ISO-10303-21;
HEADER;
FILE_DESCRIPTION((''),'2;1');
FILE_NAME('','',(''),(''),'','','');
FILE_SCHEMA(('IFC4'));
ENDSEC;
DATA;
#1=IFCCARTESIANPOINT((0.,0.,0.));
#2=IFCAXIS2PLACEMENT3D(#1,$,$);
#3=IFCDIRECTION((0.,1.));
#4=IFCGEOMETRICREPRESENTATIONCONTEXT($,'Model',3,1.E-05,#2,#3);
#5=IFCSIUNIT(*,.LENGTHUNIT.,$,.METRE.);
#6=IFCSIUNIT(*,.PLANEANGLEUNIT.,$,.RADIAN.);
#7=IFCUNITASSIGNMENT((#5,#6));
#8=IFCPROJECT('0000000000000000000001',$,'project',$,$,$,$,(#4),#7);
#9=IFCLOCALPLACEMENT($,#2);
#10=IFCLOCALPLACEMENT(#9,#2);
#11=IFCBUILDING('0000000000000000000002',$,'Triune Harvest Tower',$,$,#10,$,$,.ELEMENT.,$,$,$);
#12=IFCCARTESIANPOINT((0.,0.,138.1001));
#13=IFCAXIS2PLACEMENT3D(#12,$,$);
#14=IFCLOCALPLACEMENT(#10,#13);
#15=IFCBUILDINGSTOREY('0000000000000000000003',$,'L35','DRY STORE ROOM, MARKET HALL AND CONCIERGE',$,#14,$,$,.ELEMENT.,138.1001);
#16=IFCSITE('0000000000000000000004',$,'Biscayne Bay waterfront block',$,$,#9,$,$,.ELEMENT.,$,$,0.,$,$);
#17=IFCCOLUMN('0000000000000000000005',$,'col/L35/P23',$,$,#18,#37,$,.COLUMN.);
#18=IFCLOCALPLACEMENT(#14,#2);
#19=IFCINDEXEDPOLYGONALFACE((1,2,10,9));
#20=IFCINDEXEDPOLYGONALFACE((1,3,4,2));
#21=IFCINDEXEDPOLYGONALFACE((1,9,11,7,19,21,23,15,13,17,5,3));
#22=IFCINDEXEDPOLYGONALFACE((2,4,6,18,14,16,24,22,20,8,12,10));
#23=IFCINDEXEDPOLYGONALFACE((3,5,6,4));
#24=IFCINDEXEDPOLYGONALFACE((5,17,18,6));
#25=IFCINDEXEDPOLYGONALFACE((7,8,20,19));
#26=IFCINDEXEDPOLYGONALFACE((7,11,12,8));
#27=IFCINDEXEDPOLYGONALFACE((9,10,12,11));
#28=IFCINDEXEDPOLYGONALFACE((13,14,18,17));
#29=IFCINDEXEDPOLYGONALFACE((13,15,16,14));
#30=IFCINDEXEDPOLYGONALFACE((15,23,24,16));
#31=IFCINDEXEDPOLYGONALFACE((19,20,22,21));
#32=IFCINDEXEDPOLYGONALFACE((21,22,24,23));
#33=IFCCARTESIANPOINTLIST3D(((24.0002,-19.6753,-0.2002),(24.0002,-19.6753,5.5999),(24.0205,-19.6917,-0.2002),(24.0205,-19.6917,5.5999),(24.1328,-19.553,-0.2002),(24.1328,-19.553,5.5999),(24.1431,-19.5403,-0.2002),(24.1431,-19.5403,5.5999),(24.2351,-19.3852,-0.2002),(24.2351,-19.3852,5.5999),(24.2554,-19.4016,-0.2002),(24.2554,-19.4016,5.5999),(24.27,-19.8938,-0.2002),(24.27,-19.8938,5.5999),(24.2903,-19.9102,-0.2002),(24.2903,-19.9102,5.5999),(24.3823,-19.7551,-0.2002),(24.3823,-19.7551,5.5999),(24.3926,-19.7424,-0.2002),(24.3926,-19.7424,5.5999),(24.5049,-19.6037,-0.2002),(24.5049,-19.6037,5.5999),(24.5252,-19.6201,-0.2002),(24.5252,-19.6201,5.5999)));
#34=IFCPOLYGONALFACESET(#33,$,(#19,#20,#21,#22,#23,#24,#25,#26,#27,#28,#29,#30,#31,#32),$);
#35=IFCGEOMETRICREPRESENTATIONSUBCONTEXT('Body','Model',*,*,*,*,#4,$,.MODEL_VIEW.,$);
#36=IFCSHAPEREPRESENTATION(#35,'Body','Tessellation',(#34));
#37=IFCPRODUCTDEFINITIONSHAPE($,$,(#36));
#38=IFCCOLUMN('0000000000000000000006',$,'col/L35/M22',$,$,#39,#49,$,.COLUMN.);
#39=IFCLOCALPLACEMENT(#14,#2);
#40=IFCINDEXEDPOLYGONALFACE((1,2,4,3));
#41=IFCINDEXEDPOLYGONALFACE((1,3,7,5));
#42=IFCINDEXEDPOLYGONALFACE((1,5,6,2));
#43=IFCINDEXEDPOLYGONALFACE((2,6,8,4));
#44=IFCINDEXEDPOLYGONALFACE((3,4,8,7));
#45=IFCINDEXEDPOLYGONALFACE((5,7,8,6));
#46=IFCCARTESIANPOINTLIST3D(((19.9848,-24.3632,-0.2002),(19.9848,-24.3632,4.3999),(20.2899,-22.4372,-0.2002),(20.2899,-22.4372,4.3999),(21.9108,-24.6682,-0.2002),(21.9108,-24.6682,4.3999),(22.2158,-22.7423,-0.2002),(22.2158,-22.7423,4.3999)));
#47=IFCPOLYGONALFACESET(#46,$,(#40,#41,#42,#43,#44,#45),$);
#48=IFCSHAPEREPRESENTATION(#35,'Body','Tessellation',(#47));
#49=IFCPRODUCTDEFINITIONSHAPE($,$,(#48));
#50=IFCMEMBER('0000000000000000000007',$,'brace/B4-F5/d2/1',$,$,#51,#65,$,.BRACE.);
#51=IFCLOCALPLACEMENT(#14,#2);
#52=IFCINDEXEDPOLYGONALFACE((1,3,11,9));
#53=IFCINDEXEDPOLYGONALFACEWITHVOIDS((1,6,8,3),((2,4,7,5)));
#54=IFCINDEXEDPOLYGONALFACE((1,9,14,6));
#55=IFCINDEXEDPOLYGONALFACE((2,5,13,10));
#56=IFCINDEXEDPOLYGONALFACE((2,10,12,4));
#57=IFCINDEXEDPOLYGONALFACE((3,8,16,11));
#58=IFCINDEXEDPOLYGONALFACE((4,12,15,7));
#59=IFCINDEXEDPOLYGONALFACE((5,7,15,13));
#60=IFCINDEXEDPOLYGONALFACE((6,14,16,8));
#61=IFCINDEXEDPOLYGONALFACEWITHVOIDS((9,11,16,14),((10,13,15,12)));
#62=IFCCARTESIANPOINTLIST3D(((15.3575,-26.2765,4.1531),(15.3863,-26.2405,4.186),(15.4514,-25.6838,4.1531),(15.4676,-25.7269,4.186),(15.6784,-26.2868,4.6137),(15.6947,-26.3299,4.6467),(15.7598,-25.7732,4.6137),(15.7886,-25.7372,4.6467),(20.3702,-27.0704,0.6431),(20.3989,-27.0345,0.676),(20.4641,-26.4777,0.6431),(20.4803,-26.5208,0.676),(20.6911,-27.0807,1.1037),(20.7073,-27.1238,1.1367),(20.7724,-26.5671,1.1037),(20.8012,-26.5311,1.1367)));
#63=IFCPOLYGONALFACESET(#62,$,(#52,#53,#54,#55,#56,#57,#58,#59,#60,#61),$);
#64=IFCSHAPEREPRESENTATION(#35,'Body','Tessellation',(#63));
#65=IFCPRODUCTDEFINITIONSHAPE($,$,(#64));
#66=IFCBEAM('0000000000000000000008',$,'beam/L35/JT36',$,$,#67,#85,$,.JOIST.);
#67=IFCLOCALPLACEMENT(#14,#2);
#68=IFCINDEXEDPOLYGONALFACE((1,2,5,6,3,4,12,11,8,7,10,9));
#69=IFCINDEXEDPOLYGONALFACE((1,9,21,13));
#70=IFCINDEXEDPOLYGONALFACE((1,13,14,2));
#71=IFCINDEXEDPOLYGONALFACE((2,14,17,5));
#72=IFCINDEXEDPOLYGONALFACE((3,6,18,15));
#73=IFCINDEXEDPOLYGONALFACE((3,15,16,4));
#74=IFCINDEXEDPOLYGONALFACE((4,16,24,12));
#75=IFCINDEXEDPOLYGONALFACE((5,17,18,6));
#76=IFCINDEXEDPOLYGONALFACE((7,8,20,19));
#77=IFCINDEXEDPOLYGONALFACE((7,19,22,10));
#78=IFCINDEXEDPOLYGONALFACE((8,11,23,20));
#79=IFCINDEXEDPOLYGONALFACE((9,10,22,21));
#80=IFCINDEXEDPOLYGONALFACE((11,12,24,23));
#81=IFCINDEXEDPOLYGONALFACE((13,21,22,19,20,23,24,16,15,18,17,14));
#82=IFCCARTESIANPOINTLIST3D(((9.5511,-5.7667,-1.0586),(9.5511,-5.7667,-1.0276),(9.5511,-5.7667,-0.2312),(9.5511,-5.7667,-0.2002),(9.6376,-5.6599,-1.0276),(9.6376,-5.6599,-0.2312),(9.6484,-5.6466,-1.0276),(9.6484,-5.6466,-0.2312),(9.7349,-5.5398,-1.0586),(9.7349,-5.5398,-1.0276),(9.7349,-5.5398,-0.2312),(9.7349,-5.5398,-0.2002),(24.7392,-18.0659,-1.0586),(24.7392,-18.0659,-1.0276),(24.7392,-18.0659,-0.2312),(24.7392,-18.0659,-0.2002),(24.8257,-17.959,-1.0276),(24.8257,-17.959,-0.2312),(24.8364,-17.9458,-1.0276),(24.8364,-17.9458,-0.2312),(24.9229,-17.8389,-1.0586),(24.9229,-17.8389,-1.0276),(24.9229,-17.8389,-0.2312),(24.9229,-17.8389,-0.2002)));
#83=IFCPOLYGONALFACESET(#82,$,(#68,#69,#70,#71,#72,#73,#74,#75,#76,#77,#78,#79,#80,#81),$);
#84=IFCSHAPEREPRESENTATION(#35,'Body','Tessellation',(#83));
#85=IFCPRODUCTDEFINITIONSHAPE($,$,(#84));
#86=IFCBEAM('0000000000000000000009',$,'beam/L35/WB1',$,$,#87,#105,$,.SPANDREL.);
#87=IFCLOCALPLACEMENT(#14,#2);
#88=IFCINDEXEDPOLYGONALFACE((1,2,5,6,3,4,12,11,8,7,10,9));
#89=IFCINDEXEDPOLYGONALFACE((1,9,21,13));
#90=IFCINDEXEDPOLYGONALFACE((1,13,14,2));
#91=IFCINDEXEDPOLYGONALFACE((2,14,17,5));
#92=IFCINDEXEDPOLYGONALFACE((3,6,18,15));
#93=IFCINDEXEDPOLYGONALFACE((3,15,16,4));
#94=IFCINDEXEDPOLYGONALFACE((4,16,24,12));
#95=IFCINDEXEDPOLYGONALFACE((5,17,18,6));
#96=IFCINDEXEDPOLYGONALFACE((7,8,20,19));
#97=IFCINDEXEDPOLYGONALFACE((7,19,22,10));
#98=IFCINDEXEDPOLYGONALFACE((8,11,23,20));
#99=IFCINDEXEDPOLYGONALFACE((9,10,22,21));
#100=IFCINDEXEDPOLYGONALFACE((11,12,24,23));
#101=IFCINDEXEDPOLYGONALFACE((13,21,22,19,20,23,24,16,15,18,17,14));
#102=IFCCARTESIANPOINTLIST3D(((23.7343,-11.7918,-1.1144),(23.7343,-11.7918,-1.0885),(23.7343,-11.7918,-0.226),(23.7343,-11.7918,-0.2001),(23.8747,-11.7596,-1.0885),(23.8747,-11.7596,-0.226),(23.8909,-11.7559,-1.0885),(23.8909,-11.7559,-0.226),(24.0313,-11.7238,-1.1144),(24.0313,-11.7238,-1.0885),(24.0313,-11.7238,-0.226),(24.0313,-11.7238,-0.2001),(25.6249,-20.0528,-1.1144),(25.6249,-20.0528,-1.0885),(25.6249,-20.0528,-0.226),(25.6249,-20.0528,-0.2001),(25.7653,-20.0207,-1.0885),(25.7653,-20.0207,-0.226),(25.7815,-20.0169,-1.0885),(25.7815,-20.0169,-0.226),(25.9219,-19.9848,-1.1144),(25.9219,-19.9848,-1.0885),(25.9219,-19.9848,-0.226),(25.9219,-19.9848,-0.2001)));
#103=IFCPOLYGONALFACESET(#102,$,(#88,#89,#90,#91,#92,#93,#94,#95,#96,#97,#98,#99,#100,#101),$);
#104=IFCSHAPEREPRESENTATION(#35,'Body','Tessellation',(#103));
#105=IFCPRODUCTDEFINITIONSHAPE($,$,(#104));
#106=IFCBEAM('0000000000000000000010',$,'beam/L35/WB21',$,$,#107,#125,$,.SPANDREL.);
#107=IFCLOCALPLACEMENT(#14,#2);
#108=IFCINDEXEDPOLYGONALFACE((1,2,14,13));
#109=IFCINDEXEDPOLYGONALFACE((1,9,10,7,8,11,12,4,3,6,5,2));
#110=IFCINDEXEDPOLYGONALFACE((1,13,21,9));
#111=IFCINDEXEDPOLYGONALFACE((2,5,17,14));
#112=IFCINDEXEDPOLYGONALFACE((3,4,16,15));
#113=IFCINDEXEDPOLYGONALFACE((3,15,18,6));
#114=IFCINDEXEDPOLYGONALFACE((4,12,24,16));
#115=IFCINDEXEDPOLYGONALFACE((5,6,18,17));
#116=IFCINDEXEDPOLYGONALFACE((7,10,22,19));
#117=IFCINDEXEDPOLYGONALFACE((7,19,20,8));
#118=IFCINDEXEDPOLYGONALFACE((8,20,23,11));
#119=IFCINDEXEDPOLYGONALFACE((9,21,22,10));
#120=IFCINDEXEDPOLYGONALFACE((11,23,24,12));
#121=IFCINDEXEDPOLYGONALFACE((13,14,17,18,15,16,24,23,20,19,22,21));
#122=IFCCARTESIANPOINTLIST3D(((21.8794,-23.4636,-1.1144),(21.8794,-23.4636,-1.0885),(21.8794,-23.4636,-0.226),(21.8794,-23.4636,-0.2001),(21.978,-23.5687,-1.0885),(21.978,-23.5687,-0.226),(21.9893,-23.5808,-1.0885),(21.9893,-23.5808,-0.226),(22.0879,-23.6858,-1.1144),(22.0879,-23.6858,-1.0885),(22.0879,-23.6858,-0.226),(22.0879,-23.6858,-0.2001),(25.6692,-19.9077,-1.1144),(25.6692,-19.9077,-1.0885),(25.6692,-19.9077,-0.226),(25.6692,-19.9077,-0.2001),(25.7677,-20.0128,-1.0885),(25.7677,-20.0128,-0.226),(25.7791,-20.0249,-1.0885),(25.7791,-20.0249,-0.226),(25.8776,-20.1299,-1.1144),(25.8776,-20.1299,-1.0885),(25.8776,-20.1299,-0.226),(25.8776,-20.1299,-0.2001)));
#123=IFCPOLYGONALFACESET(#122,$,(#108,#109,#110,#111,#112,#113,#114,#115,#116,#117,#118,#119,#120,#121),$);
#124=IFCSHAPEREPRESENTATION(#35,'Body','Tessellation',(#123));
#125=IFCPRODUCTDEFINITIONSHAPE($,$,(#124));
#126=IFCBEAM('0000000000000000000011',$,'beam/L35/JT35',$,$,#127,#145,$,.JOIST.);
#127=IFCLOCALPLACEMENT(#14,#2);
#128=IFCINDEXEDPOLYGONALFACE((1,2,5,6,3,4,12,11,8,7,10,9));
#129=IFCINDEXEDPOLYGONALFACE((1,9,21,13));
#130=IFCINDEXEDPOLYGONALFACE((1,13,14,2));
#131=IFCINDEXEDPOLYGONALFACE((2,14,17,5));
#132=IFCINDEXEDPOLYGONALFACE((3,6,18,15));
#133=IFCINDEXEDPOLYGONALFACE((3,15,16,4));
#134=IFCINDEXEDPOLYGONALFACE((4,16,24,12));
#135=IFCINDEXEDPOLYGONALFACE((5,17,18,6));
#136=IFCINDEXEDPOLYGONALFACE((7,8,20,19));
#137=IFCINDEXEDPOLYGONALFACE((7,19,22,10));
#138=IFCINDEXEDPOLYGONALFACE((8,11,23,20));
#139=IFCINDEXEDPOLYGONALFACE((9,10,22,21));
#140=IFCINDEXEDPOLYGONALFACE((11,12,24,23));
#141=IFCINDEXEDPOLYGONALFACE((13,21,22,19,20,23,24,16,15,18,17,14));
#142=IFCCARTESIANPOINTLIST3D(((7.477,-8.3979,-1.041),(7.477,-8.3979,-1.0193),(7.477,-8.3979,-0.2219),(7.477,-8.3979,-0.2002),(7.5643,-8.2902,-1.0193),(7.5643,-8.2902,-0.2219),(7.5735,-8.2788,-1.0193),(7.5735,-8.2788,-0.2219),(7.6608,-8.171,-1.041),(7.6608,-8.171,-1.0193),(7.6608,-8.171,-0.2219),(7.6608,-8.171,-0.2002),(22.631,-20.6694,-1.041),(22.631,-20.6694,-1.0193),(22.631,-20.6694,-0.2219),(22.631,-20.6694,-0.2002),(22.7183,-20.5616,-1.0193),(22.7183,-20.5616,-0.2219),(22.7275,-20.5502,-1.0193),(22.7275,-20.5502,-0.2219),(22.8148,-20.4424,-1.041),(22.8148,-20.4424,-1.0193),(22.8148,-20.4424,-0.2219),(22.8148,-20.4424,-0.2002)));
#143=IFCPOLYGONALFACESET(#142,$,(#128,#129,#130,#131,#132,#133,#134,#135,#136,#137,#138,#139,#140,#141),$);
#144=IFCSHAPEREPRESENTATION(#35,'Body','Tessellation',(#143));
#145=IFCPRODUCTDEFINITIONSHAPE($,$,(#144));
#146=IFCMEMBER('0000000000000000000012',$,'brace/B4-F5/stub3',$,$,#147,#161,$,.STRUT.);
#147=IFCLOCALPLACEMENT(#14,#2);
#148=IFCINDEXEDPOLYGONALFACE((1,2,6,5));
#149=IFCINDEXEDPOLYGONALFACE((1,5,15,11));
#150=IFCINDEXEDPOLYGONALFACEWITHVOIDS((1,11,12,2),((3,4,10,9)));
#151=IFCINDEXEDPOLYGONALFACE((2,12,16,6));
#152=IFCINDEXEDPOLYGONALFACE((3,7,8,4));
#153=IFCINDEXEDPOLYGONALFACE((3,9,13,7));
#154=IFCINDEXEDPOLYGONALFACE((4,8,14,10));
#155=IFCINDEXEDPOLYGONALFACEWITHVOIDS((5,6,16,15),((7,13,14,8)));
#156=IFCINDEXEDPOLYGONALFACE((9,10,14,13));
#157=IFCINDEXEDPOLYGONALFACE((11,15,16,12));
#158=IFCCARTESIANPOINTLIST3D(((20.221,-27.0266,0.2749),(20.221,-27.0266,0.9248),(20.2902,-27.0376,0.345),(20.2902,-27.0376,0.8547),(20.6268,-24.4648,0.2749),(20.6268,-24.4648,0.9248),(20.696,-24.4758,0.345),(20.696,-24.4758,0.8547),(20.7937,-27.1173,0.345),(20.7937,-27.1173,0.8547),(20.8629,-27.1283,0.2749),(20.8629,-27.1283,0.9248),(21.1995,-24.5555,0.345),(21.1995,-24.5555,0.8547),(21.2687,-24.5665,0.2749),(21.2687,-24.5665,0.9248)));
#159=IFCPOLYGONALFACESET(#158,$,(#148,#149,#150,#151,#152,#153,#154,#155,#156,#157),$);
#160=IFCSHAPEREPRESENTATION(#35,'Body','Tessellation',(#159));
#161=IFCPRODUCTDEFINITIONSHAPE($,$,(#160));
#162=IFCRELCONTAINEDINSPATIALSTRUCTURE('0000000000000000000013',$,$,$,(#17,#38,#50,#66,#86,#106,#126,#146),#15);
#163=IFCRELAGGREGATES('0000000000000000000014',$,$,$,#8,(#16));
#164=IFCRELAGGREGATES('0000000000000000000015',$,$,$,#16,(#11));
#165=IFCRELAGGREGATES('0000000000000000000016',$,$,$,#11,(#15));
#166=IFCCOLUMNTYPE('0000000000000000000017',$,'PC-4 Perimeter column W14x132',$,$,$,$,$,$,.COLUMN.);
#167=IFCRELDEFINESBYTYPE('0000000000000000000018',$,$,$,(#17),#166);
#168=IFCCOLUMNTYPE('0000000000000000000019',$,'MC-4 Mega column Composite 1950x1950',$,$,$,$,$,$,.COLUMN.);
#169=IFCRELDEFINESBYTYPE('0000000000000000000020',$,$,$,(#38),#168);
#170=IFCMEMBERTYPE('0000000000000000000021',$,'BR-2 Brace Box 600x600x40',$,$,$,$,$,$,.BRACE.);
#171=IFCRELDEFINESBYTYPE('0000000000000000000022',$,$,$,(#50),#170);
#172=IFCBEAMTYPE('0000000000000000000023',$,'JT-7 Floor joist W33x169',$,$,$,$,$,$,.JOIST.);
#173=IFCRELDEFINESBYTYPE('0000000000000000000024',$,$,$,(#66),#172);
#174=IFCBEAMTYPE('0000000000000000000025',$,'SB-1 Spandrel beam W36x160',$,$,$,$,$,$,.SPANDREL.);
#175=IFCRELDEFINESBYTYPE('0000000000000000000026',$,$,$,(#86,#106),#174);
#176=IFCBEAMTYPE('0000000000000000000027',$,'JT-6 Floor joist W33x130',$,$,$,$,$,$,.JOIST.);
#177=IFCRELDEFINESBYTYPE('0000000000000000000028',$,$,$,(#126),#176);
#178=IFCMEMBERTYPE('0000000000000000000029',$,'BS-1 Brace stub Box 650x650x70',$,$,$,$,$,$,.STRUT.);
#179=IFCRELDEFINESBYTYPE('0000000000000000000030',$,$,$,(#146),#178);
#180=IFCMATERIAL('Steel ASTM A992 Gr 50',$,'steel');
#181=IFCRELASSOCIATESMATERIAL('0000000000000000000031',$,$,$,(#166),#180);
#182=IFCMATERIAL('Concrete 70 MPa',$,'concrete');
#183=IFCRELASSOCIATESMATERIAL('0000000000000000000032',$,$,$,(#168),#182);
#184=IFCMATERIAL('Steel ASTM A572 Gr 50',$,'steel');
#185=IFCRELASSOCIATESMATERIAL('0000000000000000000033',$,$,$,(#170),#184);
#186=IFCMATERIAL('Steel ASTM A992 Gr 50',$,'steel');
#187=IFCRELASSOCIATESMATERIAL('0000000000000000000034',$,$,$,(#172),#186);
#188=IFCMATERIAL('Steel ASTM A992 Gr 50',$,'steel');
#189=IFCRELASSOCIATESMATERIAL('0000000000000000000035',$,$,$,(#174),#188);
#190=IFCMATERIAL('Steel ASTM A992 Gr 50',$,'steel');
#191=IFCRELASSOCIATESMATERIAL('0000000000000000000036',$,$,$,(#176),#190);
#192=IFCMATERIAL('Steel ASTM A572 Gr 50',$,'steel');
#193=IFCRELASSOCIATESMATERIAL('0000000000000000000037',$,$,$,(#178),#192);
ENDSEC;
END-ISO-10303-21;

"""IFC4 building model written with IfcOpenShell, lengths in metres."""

from ifc_helpers import new_model, si_unit, direction, frame, origin, origin_2d, place, context, subcontext, project, spatial, rectangle, hollow_rectangle, i_section, extrude, source, transform, mapped, material, material_profile, profile_set, type_object, element, save


model = new_model("IFC4")

# Units and contexts
model_context = context("Model", 3, precision=1e-05, world=origin(), true_north=direction((0.0, 1.0)))
body_context = subcontext(model_context, "Body", "Model", "MODEL_VIEW")
ifc_project = project(units=[si_unit("LENGTHUNIT", "METRE"), si_unit("PLANEANGLEUNIT", "RADIAN")], contexts=[model_context])

# Site, building, storey
site_placement = place(None, origin())
site = spatial("IfcSite", under=ifc_project, at=site_placement, Name="Biscayne Bay waterfront block", CompositionType="ELEMENT", RefElevation=0.0)
building_placement = place(site_placement, origin())
building = spatial("IfcBuilding", under=site, at=building_placement, Name="Triune Harvest Tower", CompositionType="ELEMENT")
storey_placement = place(building_placement, frame((0.0, 0.0, 138.1001)))
storey = spatial("IfcBuildingStorey", under=building, at=storey_placement, Name="L35", Description="DRY STORE ROOM, MARKET HALL AND CONCIERGE", CompositionType="ELEMENT", Elevation=138.1001)

# Columns
ifc_material_1 = material(Name="Steel ASTM A992 Gr 50", Category="steel")
ifc_material_profile_1 = material_profile(ifc_material_1, i_section(OverallWidth=0.3733, OverallDepth=0.3733, WebThickness=0.0164, FlangeThickness=0.0261, at=origin_2d()), Name="W14x132")
ifc_profile_set_1 = profile_set([ifc_material_profile_1], Name="Steel ASTM A992 Gr 50")
column_type_1 = type_object("IfcColumnType", Name="PC-4 Perimeter column W14x132", PredefinedType="COLUMN", material=ifc_profile_set_1)
column_1_placement = place(storey_placement, frame((24.2627, -19.6477, -0.2002), z_axis=(0.0, 0.0, 1.0), x_axis=(0.629322, 0.777145, 0.0)))
element("IfcColumn", 1, at=column_1_placement, inside=storey, type_object=column_type_1, Name="col/L35/P23", PredefinedType="COLUMN", context=body_context, shape_type="SweptSolid", body=[
    extrude(i_section(OverallWidth=0.3733, OverallDepth=0.3733, WebThickness=0.0164, FlangeThickness=0.0261, at=origin_2d()), origin(), (0.0, 0.0, 1.0), 5.8),
])
ifc_material_2 = material(Name="Concrete 70 MPa", Category="concrete")
ifc_material_profile_2 = material_profile(ifc_material_2, rectangle(XDim=1.95, YDim=1.95, at=origin_2d()), Name="Composite 1950x1950")
ifc_profile_set_2 = profile_set([ifc_material_profile_2], Name="Concrete 70 MPa")
column_type_2 = type_object("IfcColumnType", Name="MC-4 Mega column Composite 1950x1950", PredefinedType="COLUMN", material=ifc_profile_set_2)
shared_shape_1 = source(origin(), body_context, "Body", "SweptSolid", [
    extrude(rectangle(XDim=1.95, YDim=1.95, at=origin_2d()), origin(), (0.0, 0.0, 1.0), 4.6001),
])
column_2_placement = place(storey_placement, frame((21.1003, -23.5527, -0.2002), z_axis=(0.0, 0.0, 1.0), x_axis=(0.987688, -0.156434, 0.0)))
element("IfcColumn", 2, at=column_2_placement, inside=storey, type_object=column_type_2, Name="col/L35/M22", PredefinedType="COLUMN", context=body_context, shape_type="MappedRepresentation", body=[
    mapped(shared_shape_1, transform((0.0, 0.0, 0.0), scale=1.0)),
])

# Member
ifc_material_3 = material(Name="Steel ASTM A572 Gr 50", Category="steel")
ifc_material_profile_3 = material_profile(ifc_material_3, hollow_rectangle(XDim=0.6001, YDim=0.6001, WallThickness=0.04, at=origin_2d()), Name="Box 600x600x40")
ifc_profile_set_3 = profile_set([ifc_material_profile_3], Name="Steel ASTM A572 Gr 50")
member_type_1 = type_object("IfcMemberType", Name="BR-2 Brace Box 600x600x40", PredefinedType="BRACE", material=ifc_profile_set_3)
member_1_placement = place(storey_placement, frame((20.5857, -26.8008, 0.8899), z_axis=(-0.812337, 0.128664, 0.568818), x_axis=(-0.156437, -0.987688, 0.0)))
element("IfcMember", 3, at=member_1_placement, inside=storey, type_object=member_type_1, Name="brace/B4-F5/d2/1", PredefinedType="BRACE", context=body_context, shape_type="SweptSolid", body=[
    extrude(hollow_rectangle(XDim=0.6001, YDim=0.6001, WallThickness=0.04, at=origin_2d()), origin(), (0.0, 0.0, 1.0), 6.1707),
])

# Beams
ifc_material_4 = material(Name="Steel ASTM A992 Gr 50", Category="steel")
ifc_material_profile_4 = material_profile(ifc_material_4, i_section(OverallWidth=0.292, OverallDepth=0.8584, WebThickness=0.0171, FlangeThickness=0.031, at=origin_2d()), Name="W33x169")
ifc_profile_set_4 = profile_set([ifc_material_profile_4], Name="Steel ASTM A992 Gr 50")
beam_type_1 = type_object("IfcBeamType", Name="JT-7 Floor joist W33x169", PredefinedType="JOIST", material=ifc_profile_set_4)
beam_1_placement = place(storey_placement, frame((24.8311, -17.9524, -0.6294), z_axis=(-0.777144, 0.629323, 0.0), x_axis=(-0.629323, -0.777144, 0.0)))
element("IfcBeam", 4, at=beam_1_placement, inside=storey, type_object=beam_type_1, Name="beam/L35/JT36", PredefinedType="JOIST", context=body_context, shape_type="SweptSolid", body=[
    extrude(i_section(OverallWidth=0.292, OverallDepth=0.8584, WebThickness=0.0171, FlangeThickness=0.031, at=origin_2d()), origin(), (0.0, 0.0, 1.0), 19.5435),
])
ifc_material_5 = material(Name="Steel ASTM A992 Gr 50", Category="steel")
ifc_material_profile_5 = material_profile(ifc_material_5, i_section(OverallWidth=0.3047, OverallDepth=0.9143, WebThickness=0.0166, FlangeThickness=0.0259, at=origin_2d()), Name="W36x160")
ifc_profile_set_5 = profile_set([ifc_material_profile_5], Name="Steel ASTM A992 Gr 50")
beam_type_2 = type_object("IfcBeamType", Name="SB-1 Spandrel beam W36x160", PredefinedType="SPANDREL", material=ifc_profile_set_5)
shared_shape_2 = source(origin(), body_context, "Body", "SweptSolid", [
    extrude(i_section(OverallWidth=0.3047, OverallDepth=0.9143, WebThickness=0.0166, FlangeThickness=0.0259, at=origin_2d()), origin(), (0.0, 0.0, 1.0), 8.4746),
])
beam_2_placement = place(storey_placement, frame((25.7734, -20.0188, -0.6572), z_axis=(-0.223094, 0.974797, 0.0), x_axis=(-0.974797, -0.223094, 0.0)))
element("IfcBeam", 5, at=beam_2_placement, inside=storey, type_object=beam_type_2, Name="beam/L35/WB1", PredefinedType="SPANDREL", context=body_context, shape_type="MappedRepresentation", body=[
    mapped(shared_shape_2, transform((0.0, 0.0, 0.0), scale=1.0)),
])
shared_shape_3 = source(origin(), body_context, "Body", "SweptSolid", [
    extrude(i_section(OverallWidth=0.3047, OverallDepth=0.9143, WebThickness=0.0166, FlangeThickness=0.0259, at=origin_2d()), origin(), (0.0, 0.0, 1.0), 5.1968),
])
beam_3_placement = place(storey_placement, frame((21.9836, -23.5747, -0.6572), z_axis=(0.729251, 0.684246, 0.0), x_axis=(-0.684246, 0.729251, 0.0)))
element("IfcBeam", 6, at=beam_3_placement, inside=storey, type_object=beam_type_2, Name="beam/L35/WB21", PredefinedType="SPANDREL", context=body_context, shape_type="MappedRepresentation", body=[
    mapped(shared_shape_3, transform((0.0, 0.0, 0.0), scale=1.0)),
])
ifc_material_6 = material(Name="Steel ASTM A992 Gr 50", Category="steel")
ifc_material_profile_6 = material_profile(ifc_material_6, i_section(OverallWidth=0.292, OverallDepth=0.8408, WebThickness=0.0146, FlangeThickness=0.0217, at=origin_2d()), Name="W33x130")
ifc_profile_set_6 = profile_set([ifc_material_profile_6], Name="Steel ASTM A992 Gr 50")
beam_type_3 = type_object("IfcBeamType", Name="JT-6 Floor joist W33x130", PredefinedType="JOIST", material=ifc_profile_set_6)
shared_shape_4 = source(origin(), body_context, "Body", "SweptSolid", [
    extrude(i_section(OverallWidth=0.292, OverallDepth=0.8408, WebThickness=0.0146, FlangeThickness=0.0217, at=origin_2d()), origin(), (0.0, 0.0, 1.0), 19.4995),
])
beam_4_placement = place(storey_placement, frame((22.7229, -20.5559, -0.6206), z_axis=(-0.777147, 0.62932, 0.0), x_axis=(-0.62932, -0.777147, 0.0)))
element("IfcBeam", 7, at=beam_4_placement, inside=storey, type_object=beam_type_3, Name="beam/L35/JT35", PredefinedType="JOIST", context=body_context, shape_type="MappedRepresentation", body=[
    mapped(shared_shape_4, transform((0.0, 0.0, 0.0), scale=1.0)),
])

# Member
ifc_material_7 = material(Name="Steel ASTM A572 Gr 50", Category="steel")
ifc_material_profile_7 = material_profile(ifc_material_7, hollow_rectangle(XDim=0.6499, YDim=0.6499, WallThickness=0.0701, at=origin_2d()), Name="Box 650x650x70")
ifc_profile_set_7 = profile_set([ifc_material_profile_7], Name="Steel ASTM A572 Gr 50")
member_type_2 = type_object("IfcMemberType", Name="BS-1 Brace stub Box 650x650x70", PredefinedType="STRUT", material=ifc_profile_set_7)
shared_shape_5 = source(origin(), body_context, "Body", "SweptSolid", [
    extrude(hollow_rectangle(XDim=0.6499, YDim=0.6499, WallThickness=0.0701, at=origin_2d()), origin(), (0.0, 0.0, 1.0), 2.5938),
])
member_2_placement = place(storey_placement, frame((20.9478, -24.5156, 0.5999), z_axis=(-0.156441, -0.987687, 0.0), x_axis=(0.987687, -0.156441, 0.0)))
element("IfcMember", 8, at=member_2_placement, inside=storey, type_object=member_type_2, Name="brace/B4-F5/stub3", PredefinedType="STRUT", context=body_context, shape_type="MappedRepresentation", body=[
    mapped(shared_shape_5, transform((0.0, 0.0, 0.0), scale=1.0)),
])

save(model, "model.ifc")
